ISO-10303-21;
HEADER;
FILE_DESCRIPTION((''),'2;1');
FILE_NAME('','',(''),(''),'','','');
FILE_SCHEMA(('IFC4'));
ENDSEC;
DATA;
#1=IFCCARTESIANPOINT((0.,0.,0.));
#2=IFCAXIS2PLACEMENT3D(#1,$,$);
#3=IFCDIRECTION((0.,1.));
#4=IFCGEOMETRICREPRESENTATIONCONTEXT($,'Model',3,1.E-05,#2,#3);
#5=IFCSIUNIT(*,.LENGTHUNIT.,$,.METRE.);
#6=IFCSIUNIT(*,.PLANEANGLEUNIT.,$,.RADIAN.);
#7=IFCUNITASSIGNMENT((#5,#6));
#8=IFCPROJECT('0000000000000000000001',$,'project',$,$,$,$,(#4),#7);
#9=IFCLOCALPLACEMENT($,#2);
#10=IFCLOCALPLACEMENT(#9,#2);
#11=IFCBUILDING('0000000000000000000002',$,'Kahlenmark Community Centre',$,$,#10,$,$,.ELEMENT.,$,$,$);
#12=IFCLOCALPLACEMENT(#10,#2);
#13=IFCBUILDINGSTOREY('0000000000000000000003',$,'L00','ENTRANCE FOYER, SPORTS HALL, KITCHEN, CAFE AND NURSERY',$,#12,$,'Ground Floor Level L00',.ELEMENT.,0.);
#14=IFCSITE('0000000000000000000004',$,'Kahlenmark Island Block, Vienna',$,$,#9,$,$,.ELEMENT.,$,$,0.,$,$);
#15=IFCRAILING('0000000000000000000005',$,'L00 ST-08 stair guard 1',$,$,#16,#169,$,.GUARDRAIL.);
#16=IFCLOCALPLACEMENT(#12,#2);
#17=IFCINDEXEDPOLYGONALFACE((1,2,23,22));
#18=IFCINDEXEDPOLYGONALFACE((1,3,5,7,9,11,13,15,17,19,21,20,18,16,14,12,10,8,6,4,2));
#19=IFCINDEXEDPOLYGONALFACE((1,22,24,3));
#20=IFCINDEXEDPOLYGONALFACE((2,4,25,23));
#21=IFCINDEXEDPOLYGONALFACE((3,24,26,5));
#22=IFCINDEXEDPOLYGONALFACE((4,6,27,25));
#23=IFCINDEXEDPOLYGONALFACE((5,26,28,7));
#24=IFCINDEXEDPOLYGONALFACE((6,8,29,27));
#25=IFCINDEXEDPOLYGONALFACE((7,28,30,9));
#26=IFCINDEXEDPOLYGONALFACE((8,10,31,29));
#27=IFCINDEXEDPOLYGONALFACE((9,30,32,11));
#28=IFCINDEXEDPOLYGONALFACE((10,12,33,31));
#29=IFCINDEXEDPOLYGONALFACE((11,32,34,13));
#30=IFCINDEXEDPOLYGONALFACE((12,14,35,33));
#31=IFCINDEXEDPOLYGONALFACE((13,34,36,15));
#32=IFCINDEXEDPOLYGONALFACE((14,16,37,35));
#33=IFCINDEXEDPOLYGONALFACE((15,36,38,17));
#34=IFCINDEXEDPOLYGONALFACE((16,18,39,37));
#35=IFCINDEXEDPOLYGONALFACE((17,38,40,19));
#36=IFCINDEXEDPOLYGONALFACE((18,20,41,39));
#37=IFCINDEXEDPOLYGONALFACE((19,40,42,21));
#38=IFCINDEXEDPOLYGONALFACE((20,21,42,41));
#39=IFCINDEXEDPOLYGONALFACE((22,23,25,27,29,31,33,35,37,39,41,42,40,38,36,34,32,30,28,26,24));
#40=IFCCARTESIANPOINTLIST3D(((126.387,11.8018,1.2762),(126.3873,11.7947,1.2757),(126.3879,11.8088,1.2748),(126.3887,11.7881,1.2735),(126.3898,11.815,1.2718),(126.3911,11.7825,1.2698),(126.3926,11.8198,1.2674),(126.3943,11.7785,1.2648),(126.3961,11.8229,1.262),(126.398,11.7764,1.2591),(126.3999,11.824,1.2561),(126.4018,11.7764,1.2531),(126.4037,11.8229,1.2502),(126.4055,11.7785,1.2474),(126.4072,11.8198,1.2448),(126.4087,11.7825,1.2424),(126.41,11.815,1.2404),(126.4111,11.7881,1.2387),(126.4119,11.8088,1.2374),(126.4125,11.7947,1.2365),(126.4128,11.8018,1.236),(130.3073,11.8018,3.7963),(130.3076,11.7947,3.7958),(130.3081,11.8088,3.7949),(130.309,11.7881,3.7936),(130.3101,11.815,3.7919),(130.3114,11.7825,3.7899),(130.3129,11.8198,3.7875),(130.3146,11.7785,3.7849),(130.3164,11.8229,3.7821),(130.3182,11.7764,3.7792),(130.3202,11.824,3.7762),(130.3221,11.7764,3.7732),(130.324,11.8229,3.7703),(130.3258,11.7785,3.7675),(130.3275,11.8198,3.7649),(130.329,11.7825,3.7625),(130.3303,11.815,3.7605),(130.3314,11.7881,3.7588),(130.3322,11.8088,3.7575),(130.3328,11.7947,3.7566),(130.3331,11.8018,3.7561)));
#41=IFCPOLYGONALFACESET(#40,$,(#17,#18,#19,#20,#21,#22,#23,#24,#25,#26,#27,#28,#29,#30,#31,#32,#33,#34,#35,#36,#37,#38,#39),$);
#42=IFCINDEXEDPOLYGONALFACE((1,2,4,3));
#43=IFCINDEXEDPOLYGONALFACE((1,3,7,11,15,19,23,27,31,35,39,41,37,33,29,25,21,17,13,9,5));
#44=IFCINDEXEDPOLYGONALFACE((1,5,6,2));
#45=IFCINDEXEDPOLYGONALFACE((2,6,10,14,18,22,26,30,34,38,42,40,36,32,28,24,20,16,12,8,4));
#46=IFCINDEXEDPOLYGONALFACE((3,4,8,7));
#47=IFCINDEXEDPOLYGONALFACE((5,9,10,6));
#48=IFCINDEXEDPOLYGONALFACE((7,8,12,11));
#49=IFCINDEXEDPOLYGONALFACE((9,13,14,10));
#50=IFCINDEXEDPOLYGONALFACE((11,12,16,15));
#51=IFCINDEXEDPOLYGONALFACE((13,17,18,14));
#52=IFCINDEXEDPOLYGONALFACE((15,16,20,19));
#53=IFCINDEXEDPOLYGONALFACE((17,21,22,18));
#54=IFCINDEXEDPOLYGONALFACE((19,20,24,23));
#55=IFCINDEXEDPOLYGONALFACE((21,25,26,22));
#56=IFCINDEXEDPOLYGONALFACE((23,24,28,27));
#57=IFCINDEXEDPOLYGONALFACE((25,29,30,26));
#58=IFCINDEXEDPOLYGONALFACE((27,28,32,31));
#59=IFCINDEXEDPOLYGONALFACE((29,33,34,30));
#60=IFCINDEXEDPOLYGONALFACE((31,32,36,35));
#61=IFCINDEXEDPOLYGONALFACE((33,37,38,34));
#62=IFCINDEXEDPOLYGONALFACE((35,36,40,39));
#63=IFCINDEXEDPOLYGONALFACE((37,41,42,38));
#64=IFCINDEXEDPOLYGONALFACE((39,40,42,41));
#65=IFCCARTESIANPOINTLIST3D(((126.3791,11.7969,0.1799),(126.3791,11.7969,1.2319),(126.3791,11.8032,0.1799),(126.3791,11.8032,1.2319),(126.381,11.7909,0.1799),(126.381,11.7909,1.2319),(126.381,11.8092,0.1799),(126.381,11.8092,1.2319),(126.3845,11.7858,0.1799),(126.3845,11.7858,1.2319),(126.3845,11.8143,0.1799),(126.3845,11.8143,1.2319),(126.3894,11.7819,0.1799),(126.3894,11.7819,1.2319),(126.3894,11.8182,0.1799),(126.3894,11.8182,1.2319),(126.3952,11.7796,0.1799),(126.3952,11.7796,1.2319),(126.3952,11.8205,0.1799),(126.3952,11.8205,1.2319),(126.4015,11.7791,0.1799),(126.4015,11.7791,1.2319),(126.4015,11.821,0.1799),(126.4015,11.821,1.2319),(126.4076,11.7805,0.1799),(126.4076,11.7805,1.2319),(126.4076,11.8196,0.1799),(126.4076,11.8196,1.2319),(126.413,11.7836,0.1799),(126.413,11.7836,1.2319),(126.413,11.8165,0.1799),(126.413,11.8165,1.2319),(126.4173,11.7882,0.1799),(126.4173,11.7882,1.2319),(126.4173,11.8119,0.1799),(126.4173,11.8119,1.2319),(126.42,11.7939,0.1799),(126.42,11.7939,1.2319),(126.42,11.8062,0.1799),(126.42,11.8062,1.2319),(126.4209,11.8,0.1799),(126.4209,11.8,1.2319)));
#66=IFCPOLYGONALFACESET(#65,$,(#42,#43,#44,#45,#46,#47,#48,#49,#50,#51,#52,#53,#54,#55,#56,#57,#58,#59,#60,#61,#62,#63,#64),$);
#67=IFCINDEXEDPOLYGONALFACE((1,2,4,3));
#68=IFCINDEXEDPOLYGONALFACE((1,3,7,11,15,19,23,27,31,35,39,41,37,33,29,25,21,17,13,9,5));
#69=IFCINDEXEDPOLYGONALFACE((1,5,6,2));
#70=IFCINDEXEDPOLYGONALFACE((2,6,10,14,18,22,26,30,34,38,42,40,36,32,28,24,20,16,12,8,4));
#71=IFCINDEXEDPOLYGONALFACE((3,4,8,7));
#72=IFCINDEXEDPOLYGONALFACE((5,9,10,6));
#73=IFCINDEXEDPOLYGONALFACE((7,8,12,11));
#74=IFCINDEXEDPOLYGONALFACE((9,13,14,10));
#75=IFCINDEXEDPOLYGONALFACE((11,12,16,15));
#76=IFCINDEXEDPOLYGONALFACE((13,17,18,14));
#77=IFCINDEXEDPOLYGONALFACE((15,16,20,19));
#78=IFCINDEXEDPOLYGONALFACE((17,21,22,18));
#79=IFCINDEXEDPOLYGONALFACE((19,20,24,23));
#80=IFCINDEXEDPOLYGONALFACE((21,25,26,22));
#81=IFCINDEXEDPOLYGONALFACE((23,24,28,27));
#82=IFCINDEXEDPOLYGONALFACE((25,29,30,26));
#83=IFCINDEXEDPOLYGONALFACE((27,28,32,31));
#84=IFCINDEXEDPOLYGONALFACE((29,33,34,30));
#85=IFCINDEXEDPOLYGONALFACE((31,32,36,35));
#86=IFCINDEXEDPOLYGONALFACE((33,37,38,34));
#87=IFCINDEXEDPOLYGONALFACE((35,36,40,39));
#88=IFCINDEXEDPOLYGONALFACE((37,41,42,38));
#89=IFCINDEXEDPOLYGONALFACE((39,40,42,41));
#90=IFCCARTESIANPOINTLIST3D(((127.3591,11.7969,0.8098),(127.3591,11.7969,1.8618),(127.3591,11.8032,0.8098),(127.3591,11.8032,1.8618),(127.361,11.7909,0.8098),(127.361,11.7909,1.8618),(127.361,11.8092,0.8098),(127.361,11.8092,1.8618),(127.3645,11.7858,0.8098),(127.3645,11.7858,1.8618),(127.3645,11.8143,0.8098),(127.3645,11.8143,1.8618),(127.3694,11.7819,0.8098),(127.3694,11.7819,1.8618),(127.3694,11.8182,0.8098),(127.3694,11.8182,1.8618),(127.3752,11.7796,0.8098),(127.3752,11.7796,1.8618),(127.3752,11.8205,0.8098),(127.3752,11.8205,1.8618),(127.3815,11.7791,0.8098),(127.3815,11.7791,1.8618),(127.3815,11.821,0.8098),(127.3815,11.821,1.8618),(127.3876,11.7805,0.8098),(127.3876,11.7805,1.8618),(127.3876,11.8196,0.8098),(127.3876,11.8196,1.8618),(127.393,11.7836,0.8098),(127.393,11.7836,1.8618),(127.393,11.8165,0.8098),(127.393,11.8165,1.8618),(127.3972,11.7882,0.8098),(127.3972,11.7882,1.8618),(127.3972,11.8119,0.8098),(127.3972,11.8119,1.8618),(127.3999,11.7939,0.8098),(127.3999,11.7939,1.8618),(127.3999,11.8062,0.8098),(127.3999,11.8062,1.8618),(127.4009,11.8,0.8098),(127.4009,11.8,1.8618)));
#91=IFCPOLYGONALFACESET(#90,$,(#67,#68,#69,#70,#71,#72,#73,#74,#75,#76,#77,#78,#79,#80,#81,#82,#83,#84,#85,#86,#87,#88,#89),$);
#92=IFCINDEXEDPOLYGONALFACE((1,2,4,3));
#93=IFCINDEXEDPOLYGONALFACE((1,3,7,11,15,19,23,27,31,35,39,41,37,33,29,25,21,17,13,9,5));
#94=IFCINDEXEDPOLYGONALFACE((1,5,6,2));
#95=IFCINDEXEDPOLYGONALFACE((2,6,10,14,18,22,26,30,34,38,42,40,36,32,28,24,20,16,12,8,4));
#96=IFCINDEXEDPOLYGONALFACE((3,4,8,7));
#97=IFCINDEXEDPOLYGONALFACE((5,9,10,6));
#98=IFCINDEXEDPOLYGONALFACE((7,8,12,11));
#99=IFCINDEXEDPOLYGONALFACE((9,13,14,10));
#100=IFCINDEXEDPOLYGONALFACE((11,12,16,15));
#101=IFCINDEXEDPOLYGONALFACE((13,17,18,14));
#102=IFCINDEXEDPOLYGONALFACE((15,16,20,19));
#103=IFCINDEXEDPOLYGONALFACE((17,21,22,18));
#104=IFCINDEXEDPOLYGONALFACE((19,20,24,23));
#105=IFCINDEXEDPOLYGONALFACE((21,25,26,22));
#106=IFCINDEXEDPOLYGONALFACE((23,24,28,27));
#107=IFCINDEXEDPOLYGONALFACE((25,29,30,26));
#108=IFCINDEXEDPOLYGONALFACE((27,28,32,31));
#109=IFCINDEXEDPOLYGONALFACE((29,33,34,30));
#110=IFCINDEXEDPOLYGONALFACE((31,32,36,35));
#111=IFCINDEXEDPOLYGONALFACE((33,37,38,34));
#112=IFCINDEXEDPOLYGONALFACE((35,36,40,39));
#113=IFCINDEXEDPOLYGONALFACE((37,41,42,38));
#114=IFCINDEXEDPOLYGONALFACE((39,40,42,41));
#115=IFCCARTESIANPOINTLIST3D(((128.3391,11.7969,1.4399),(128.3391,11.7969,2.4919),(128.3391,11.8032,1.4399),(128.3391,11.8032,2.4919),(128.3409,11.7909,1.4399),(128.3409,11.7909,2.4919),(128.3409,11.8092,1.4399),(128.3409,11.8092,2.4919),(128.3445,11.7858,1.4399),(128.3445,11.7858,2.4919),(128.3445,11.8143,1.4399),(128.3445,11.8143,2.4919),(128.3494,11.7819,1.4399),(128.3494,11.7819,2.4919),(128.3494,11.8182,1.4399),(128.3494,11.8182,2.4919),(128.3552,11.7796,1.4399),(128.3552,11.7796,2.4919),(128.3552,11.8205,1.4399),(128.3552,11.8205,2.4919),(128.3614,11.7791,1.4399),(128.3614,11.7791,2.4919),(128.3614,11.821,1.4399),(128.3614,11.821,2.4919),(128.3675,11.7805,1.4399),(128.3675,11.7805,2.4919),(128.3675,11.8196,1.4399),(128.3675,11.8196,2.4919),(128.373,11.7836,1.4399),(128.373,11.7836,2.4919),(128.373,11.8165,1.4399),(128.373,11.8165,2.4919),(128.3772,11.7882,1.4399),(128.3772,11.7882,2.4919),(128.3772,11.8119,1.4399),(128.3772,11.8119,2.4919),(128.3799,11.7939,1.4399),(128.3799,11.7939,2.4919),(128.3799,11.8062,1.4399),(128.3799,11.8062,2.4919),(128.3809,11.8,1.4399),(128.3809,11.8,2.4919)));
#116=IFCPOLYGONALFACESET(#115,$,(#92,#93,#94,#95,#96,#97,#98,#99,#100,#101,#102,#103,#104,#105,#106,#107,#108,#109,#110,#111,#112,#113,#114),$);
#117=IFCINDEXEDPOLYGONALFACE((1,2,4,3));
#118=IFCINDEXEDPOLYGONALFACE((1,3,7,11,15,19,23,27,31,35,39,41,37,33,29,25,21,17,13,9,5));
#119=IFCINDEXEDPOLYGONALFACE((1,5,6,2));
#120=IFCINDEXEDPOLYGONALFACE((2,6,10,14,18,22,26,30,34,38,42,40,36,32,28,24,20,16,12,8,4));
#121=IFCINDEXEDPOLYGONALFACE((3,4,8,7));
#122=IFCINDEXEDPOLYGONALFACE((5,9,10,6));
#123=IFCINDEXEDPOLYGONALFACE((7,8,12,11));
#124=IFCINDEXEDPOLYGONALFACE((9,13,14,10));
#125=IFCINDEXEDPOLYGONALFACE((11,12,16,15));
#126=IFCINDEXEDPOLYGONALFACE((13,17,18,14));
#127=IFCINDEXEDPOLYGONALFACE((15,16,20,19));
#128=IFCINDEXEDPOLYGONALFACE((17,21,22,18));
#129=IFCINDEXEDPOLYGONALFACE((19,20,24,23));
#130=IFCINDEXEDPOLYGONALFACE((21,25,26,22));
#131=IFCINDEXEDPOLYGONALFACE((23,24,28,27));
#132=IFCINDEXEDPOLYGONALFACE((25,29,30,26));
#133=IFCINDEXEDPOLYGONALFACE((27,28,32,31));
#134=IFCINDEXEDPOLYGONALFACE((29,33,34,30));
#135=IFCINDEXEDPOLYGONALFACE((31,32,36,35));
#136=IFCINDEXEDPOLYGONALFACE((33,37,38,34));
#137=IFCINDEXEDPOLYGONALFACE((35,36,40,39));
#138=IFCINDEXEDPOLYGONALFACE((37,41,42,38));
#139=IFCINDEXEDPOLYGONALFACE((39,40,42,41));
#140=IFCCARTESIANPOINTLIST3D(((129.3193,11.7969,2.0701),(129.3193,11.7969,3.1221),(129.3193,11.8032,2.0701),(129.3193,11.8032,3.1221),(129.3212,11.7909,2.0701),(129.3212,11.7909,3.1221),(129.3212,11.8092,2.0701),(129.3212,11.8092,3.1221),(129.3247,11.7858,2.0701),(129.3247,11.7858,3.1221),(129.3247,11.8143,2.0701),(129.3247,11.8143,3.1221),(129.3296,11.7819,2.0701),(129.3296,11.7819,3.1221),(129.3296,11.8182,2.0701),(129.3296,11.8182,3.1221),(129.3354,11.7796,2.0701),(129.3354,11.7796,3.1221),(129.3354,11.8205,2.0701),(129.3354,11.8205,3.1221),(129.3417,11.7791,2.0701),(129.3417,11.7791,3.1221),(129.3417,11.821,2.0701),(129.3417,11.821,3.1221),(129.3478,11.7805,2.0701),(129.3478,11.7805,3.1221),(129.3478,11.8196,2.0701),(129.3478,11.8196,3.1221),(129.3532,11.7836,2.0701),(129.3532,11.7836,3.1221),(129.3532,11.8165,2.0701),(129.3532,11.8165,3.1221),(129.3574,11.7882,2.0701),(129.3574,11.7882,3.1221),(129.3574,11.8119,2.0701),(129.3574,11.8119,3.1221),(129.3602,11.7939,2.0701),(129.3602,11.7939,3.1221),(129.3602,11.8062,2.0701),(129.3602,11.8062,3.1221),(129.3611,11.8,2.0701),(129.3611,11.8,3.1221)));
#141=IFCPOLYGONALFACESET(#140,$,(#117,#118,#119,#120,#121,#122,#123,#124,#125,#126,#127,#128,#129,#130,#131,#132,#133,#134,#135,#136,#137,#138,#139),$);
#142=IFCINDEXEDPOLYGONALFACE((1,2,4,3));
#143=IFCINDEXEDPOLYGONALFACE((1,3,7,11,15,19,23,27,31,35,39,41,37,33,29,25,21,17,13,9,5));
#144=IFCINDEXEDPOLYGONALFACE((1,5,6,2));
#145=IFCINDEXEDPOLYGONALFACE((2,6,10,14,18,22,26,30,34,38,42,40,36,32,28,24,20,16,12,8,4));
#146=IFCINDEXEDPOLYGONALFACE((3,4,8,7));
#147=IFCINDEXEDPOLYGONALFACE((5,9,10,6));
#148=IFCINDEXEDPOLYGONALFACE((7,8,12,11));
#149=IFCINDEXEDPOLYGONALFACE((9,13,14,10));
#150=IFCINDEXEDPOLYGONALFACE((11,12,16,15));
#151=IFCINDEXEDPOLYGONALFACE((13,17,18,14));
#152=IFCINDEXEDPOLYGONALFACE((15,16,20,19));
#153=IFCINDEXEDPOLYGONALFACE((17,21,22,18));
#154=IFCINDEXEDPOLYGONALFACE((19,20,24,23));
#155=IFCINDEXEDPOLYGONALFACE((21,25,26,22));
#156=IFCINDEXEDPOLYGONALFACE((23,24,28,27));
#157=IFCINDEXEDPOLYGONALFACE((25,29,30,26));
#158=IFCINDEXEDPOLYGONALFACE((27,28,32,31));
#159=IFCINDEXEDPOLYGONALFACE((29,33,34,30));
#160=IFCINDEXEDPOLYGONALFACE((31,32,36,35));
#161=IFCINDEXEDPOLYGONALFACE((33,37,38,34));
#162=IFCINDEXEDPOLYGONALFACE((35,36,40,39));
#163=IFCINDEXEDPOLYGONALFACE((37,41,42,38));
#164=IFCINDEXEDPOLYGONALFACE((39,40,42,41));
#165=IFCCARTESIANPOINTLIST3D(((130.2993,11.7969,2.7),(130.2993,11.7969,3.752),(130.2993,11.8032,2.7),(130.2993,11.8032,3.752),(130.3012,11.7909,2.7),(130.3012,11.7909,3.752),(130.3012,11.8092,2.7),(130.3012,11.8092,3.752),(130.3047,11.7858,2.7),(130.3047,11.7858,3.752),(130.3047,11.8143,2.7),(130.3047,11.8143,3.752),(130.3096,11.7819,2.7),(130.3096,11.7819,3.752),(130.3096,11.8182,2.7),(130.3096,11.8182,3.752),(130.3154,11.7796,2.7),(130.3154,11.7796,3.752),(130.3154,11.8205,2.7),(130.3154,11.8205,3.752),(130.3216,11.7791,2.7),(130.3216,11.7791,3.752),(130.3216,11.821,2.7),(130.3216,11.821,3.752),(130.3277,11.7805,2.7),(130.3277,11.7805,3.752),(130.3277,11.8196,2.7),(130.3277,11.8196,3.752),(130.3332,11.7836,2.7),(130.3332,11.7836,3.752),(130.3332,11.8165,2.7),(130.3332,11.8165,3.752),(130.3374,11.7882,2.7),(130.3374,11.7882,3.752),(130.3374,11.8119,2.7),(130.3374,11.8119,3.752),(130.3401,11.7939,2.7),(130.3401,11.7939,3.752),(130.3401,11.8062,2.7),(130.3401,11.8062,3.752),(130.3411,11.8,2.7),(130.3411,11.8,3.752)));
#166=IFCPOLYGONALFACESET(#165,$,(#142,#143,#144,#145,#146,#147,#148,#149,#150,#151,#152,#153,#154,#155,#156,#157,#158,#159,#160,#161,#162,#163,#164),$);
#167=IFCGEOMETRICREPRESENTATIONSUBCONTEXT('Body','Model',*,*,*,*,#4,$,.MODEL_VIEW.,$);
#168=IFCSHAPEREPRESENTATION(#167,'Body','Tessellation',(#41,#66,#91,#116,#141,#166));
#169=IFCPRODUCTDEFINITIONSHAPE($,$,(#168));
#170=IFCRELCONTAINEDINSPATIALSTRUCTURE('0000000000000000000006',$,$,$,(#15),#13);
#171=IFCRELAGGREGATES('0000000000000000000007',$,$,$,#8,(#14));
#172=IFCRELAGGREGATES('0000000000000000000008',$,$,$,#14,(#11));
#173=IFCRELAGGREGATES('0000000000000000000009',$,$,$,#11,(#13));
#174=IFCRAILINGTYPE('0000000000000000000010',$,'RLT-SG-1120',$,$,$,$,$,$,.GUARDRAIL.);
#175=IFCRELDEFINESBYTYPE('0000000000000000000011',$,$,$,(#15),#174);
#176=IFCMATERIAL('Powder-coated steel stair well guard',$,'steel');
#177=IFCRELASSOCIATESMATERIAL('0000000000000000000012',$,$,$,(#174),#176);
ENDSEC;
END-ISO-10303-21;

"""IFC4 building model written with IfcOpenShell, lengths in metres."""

from ifc_helpers import new_model, si_unit, direction, frame, origin, origin_2d, place, context, subcontext, project, spatial, circle, extrude, material, type_object, element, save


model = new_model("IFC4")

# Units and contexts
model_context = context("Model", 3, precision=1e-05, world=origin(), true_north=direction((0.0, 1.0)))
body_context = subcontext(model_context, "Body", "Model", "MODEL_VIEW")
ifc_project = project(units=[si_unit("LENGTHUNIT", "METRE"), si_unit("PLANEANGLEUNIT", "RADIAN")], contexts=[model_context])

# Site, building, storey
site_placement = place(None, origin())
site = spatial("IfcSite", under=ifc_project, at=site_placement, Name="Kahlenmark Island Block, Vienna", CompositionType="ELEMENT", RefElevation=0.0)
building_placement = place(site_placement, origin())
building = spatial("IfcBuilding", under=site, at=building_placement, Name="Kahlenmark Community Centre", CompositionType="ELEMENT")
storey_placement = place(building_placement, origin())
storey = spatial("IfcBuildingStorey", under=building, at=storey_placement, Name="L00", Description="ENTRANCE FOYER, SPORTS HALL, KITCHEN, CAFE AND NURSERY", LongName="Ground Floor Level L00", CompositionType="ELEMENT", Elevation=0.0)

# Railing
ifc_material_1 = material(Name="Powder-coated steel stair well guard", Category="steel")
railing_type_1 = type_object("IfcRailingType", Name="RLT-SG-1120", PredefinedType="GUARDRAIL", material=ifc_material_1)
railing_1_placement = place(storey_placement, frame((126.3999, 11.8, 0.1799)))
element("IfcRailing", 1, at=railing_1_placement, inside=storey, type_object=railing_type_1, Name="L00 ST-08 stair guard 1", PredefinedType="GUARDRAIL", context=body_context, shape_type="SweptSolid", body=[
    extrude(circle(Radius=0.0239, at=origin_2d()), frame((0.0, 0.0, 1.0762), z_axis=(0.841187, 0.0, 0.540744), x_axis=(0.0, 1.0, 0.0)), (0.0, 0.0, 1.0), 4.6604),
    extrude(circle(Radius=0.021, at=origin_2d()), origin(), (0.0, 0.0, 1.0), 1.052),
    extrude(circle(Radius=0.021, at=origin_2d()), frame((0.98, 0.0, 0.6299)), (0.0, 0.0, 1.0), 1.052),
    extrude(circle(Radius=0.021, at=origin_2d()), frame((1.96, 0.0, 1.26)), (0.0, 0.0, 1.0), 1.052),
    extrude(circle(Radius=0.021, at=origin_2d()), frame((2.9402, 0.0, 1.8901)), (0.0, 0.0, 1.0), 1.052),
    extrude(circle(Radius=0.021, at=origin_2d()), frame((3.9202, 0.0, 2.52)), (0.0, 0.0, 1.0), 1.052),
])

save(model, "model.ifc")
